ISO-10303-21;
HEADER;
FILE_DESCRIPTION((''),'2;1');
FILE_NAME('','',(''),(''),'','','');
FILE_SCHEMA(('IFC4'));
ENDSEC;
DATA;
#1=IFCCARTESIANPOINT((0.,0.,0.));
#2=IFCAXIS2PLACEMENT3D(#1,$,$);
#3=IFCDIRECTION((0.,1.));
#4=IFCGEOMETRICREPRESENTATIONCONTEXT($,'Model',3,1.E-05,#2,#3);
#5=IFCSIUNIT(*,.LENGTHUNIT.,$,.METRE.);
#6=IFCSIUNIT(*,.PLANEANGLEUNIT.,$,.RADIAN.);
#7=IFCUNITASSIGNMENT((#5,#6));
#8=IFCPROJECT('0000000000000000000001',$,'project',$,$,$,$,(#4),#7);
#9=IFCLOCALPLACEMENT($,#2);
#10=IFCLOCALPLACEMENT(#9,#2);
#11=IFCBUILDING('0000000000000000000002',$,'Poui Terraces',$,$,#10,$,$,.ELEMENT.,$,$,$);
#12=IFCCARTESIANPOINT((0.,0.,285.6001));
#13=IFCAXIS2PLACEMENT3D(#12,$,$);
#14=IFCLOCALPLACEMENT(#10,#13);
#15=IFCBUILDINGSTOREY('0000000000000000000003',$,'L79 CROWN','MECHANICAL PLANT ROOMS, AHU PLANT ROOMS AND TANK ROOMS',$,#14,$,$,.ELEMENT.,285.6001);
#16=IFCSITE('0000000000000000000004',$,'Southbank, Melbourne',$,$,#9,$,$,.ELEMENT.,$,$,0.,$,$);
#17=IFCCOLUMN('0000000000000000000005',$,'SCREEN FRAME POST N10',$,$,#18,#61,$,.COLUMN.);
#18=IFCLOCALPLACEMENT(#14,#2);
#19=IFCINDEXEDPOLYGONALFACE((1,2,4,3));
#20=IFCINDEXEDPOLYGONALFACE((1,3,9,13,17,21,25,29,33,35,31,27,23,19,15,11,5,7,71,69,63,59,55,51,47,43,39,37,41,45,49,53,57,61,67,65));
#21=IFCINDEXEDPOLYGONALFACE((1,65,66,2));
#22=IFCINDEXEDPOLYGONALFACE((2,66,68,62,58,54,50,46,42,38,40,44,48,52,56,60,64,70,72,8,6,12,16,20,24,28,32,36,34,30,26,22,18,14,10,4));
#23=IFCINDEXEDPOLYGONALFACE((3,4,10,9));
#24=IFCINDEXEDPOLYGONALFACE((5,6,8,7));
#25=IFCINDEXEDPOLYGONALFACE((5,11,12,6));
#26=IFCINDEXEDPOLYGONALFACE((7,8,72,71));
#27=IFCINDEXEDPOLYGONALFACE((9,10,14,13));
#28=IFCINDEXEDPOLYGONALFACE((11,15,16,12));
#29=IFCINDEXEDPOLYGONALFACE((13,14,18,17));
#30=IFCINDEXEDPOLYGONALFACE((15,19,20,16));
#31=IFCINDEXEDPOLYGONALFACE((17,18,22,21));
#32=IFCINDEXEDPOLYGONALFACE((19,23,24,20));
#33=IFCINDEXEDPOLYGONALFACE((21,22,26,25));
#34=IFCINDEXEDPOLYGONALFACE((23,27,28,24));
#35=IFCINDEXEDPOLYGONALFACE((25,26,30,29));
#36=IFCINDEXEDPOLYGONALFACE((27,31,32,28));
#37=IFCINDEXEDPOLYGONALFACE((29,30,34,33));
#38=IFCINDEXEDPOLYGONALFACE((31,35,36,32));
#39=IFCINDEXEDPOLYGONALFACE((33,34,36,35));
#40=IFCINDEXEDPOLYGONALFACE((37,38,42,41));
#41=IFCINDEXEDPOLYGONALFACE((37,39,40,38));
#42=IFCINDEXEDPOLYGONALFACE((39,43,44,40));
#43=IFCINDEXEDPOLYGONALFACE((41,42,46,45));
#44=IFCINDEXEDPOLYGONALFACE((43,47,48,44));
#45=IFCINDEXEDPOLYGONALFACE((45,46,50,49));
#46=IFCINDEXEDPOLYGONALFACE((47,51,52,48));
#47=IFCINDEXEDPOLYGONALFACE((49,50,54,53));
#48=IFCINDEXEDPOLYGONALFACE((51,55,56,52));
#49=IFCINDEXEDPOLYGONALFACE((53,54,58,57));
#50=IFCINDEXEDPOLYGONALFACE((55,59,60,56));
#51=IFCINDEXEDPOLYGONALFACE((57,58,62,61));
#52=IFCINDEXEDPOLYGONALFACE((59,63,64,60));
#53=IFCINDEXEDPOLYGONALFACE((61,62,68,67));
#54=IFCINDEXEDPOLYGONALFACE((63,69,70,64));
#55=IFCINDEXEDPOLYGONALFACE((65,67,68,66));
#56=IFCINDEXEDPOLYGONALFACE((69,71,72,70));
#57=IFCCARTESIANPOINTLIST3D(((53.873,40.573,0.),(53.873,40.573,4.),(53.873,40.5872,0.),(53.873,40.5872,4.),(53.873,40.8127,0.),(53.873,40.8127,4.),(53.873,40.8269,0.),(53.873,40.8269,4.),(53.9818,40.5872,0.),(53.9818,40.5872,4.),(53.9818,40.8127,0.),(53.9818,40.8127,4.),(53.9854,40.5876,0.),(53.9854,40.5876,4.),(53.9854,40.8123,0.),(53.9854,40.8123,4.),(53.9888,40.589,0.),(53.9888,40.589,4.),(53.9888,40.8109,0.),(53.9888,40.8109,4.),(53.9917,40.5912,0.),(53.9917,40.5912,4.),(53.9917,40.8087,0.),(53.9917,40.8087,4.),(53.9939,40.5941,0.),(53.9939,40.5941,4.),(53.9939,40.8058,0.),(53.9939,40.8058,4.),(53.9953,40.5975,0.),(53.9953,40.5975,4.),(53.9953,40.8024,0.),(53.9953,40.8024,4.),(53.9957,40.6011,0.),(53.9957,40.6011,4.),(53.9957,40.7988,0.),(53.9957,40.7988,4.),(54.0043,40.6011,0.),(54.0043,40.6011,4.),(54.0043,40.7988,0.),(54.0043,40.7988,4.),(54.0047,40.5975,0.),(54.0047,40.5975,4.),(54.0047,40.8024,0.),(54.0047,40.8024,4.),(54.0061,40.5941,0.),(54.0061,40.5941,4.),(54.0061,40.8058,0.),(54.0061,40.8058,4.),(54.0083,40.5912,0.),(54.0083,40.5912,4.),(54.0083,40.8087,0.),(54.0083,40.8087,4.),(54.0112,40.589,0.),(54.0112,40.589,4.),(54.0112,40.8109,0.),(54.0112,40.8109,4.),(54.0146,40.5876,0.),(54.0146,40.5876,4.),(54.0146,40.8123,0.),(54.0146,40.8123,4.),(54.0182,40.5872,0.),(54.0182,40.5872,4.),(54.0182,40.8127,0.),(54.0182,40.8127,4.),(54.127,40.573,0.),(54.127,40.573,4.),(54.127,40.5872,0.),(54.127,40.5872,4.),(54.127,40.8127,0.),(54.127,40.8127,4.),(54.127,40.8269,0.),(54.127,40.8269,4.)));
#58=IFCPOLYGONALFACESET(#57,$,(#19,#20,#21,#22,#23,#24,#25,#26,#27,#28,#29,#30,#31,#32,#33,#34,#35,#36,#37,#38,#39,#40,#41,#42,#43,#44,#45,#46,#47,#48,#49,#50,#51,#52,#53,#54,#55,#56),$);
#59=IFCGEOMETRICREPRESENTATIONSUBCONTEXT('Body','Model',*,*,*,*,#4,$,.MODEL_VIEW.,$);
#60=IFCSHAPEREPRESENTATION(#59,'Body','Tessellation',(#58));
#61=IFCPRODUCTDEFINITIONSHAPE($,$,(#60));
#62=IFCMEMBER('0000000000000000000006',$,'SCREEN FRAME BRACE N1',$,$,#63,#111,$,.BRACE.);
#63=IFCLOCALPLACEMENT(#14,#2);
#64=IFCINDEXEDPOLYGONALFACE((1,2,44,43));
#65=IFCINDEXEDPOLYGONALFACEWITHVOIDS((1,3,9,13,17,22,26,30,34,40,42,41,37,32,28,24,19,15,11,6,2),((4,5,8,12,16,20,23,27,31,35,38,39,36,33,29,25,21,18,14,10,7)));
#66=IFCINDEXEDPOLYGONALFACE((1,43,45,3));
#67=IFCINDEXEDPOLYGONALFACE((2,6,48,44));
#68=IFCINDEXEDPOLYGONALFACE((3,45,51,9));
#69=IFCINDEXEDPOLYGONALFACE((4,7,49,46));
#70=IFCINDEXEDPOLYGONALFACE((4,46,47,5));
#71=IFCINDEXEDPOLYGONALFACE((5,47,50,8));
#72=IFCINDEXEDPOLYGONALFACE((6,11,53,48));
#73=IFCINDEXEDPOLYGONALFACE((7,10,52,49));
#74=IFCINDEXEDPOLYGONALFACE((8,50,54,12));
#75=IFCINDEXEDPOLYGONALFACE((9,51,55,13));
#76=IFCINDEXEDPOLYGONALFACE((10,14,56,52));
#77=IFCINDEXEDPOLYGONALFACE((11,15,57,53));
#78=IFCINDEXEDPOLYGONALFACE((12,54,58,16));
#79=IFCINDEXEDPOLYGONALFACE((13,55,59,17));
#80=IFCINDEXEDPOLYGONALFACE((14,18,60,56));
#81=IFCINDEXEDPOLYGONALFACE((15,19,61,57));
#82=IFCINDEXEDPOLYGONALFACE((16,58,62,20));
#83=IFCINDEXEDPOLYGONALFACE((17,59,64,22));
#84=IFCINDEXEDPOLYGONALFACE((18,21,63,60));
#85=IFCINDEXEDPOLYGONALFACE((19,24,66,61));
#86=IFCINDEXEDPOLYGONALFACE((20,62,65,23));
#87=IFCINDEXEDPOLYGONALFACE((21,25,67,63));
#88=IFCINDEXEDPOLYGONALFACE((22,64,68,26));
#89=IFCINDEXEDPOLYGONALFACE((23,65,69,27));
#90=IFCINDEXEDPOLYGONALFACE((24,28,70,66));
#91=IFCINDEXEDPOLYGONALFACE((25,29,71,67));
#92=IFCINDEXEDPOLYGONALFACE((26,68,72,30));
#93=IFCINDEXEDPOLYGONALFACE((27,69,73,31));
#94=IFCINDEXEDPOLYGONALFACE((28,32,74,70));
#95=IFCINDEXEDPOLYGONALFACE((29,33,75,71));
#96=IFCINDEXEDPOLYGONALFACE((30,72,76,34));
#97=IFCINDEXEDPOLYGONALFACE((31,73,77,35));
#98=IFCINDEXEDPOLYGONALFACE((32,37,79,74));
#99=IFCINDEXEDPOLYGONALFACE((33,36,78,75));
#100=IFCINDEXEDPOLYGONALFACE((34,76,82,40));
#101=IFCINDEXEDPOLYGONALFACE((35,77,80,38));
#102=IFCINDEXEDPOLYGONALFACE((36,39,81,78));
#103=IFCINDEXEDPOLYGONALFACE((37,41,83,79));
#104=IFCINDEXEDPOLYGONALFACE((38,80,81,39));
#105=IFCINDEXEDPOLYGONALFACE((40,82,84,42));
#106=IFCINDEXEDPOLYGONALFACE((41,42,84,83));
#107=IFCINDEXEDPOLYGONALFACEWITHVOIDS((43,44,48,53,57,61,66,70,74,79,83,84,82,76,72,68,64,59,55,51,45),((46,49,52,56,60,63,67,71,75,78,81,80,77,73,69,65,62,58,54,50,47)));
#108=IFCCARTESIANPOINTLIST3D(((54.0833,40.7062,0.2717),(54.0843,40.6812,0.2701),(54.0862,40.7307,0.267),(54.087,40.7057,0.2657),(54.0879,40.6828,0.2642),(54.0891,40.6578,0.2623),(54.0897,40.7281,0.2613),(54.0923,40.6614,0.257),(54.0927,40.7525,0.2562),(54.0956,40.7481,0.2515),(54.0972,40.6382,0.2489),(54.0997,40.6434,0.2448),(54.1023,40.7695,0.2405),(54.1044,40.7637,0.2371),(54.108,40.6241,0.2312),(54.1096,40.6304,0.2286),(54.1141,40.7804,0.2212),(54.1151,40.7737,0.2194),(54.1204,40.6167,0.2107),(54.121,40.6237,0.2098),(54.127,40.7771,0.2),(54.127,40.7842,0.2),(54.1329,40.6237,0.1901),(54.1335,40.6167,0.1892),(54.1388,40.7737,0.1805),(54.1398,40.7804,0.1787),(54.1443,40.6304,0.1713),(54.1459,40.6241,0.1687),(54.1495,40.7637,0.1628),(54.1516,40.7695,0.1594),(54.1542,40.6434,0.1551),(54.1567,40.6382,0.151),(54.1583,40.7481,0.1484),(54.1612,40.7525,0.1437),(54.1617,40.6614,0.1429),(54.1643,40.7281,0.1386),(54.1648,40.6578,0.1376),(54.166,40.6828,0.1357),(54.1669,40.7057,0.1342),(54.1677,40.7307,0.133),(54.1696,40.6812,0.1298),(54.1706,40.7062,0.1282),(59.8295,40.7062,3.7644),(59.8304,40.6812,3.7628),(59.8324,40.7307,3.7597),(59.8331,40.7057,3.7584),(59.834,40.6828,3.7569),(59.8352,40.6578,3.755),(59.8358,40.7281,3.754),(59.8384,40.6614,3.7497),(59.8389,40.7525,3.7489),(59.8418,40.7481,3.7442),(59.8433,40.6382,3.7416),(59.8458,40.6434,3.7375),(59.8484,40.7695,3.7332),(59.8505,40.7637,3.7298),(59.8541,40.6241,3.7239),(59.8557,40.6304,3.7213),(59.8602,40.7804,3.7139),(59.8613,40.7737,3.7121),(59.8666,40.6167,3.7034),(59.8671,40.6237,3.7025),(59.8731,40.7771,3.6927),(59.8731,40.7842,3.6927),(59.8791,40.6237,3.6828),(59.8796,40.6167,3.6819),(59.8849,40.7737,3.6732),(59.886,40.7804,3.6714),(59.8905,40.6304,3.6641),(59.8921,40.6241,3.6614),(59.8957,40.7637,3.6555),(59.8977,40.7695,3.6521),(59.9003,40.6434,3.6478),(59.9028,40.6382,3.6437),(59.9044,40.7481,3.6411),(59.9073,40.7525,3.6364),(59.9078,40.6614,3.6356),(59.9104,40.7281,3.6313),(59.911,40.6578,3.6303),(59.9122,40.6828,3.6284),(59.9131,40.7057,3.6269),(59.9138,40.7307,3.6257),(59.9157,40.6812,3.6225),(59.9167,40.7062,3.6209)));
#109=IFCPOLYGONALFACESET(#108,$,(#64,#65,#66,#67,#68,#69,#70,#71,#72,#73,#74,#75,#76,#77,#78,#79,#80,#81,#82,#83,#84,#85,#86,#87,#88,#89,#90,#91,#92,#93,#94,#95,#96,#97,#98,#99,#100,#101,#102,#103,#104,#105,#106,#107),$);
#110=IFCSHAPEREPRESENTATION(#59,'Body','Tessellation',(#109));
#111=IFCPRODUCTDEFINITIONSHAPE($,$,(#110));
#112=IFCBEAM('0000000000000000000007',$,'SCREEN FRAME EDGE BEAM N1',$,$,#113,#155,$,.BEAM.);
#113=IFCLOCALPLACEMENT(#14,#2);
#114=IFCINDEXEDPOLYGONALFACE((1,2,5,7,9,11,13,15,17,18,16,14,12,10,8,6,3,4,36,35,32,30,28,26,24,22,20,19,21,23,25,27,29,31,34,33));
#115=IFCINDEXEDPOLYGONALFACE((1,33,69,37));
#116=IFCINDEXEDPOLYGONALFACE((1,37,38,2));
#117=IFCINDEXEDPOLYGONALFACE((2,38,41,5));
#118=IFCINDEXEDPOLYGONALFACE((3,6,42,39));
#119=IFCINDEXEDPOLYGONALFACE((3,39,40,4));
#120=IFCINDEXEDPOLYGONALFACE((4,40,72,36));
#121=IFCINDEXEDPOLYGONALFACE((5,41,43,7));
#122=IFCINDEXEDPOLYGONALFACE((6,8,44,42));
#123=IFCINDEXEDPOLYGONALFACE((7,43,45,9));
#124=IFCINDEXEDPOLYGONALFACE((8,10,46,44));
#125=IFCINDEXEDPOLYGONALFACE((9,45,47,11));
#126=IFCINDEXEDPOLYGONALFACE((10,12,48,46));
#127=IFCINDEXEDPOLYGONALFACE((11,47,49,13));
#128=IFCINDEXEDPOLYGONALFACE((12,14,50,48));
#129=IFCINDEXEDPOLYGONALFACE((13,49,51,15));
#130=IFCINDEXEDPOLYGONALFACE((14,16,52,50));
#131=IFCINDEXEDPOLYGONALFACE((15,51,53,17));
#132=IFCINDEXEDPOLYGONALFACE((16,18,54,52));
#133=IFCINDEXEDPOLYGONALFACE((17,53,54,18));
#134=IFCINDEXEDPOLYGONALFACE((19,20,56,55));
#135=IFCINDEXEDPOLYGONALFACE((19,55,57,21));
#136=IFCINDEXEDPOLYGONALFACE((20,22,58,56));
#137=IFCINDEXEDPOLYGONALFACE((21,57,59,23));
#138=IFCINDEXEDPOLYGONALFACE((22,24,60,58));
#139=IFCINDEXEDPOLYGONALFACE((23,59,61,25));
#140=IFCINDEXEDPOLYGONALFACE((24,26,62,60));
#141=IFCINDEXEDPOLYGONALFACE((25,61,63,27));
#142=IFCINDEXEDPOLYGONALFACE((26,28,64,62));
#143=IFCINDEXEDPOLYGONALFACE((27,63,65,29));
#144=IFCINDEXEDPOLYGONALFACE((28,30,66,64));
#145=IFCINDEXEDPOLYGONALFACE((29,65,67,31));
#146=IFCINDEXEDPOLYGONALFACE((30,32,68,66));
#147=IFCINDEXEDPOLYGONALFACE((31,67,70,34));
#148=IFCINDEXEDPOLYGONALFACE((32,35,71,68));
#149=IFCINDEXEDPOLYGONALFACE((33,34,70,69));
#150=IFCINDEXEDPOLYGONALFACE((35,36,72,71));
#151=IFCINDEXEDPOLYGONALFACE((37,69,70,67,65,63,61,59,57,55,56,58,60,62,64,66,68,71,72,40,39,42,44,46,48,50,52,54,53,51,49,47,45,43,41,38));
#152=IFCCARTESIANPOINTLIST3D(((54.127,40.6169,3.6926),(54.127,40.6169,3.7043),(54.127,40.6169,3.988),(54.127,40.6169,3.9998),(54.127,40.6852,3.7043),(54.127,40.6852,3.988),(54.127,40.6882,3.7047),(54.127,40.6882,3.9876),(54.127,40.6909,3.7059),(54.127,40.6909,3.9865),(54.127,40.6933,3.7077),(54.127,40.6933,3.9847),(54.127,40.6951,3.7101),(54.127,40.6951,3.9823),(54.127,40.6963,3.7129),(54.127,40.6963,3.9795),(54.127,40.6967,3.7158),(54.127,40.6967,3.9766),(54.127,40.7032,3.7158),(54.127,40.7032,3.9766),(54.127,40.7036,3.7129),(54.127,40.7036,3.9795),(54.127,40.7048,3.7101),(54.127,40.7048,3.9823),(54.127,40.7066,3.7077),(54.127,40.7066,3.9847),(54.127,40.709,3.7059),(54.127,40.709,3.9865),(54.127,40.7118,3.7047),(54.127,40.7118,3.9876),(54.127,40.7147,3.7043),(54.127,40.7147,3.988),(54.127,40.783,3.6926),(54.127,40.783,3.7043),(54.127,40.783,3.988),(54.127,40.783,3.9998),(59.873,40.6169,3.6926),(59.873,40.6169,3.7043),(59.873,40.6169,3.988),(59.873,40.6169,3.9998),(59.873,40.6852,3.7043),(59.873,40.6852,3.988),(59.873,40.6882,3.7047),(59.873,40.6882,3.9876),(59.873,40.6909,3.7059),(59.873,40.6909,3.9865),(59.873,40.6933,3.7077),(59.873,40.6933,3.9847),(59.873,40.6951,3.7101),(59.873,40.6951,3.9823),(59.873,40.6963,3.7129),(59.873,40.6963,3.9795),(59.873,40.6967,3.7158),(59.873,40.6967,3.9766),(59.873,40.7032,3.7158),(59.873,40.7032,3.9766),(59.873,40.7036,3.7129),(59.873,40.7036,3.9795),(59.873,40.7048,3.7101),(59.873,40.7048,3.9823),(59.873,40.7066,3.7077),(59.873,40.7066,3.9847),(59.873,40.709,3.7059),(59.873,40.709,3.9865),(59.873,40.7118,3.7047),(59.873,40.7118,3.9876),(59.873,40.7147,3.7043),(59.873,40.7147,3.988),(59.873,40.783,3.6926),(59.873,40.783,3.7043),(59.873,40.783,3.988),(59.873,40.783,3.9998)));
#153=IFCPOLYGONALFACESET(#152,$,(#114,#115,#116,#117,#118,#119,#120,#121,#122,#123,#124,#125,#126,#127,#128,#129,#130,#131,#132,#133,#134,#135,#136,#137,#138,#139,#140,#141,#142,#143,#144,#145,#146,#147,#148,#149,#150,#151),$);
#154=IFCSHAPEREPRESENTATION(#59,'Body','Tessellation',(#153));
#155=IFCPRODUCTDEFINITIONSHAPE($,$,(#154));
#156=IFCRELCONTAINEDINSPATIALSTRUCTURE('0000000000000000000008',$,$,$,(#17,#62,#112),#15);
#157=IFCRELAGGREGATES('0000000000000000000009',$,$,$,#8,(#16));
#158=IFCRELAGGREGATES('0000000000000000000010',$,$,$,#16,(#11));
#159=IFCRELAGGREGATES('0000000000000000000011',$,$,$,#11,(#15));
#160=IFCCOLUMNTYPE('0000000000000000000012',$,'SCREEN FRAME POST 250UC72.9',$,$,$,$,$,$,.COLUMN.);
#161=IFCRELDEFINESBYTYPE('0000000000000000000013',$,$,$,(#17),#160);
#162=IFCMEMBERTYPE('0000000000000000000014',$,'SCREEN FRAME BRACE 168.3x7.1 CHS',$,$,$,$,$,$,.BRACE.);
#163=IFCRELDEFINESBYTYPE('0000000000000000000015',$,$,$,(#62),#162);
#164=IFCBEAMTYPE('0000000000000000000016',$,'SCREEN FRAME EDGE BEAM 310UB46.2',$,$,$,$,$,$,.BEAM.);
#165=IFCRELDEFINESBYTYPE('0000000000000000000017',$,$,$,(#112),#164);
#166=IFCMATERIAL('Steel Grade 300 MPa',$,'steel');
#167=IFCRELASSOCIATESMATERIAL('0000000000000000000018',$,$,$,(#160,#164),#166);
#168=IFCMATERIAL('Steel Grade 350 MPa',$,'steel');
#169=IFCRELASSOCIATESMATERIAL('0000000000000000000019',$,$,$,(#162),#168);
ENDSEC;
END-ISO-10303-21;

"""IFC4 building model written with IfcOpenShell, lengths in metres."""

from ifc_helpers import new_model, si_unit, direction, frame, origin, origin_2d, place, context, subcontext, project, spatial, hollow_circle, i_section, extrude, source, transform, mapped, material, material_profile, profile_set, type_object, element, save


model = new_model("IFC4")

# Units and contexts
model_context = context("Model", 3, precision=1e-05, world=origin(), true_north=direction((0.0, 1.0)))
body_context = subcontext(model_context, "Body", "Model", "MODEL_VIEW")
ifc_project = project(units=[si_unit("LENGTHUNIT", "METRE"), si_unit("PLANEANGLEUNIT", "RADIAN")], contexts=[model_context])

# Site, building, storey
site_placement = place(None, origin())
site = spatial("IfcSite", under=ifc_project, at=site_placement, Name="Southbank, Melbourne", CompositionType="ELEMENT", RefElevation=0.0)
building_placement = place(site_placement, origin())
building = spatial("IfcBuilding", under=site, at=building_placement, Name="Poui Terraces", CompositionType="ELEMENT")
storey_placement = place(building_placement, frame((0.0, 0.0, 285.6001)))
storey = spatial("IfcBuildingStorey", under=building, at=storey_placement, Name="L79 CROWN", Description="MECHANICAL PLANT ROOMS, AHU PLANT ROOMS AND TANK ROOMS", CompositionType="ELEMENT", Elevation=285.6001)

# Column
ifc_material_1 = material(Name="Steel Grade 300 MPa", Category="steel")
ifc_material_profile_1 = material_profile(ifc_material_1, i_section(OverallWidth=0.2539, OverallDepth=0.2539, WebThickness=0.0085, FlangeThickness=0.0142, FilletRadius=0.0139, at=origin_2d()), Name="250UC72.9")
ifc_profile_set_1 = profile_set([ifc_material_profile_1], Name="Steel Grade 300 MPa")
column_type = type_object("IfcColumnType", Name="SCREEN FRAME POST 250UC72.9", PredefinedType="COLUMN", material=ifc_profile_set_1)
shared_shape_1 = source(origin(), body_context, "Body", "SweptSolid", [
    extrude(i_section(OverallWidth=0.2539, OverallDepth=0.2539, WebThickness=0.0085, FlangeThickness=0.0142, FilletRadius=0.0139, at=origin_2d()), origin(), (0.0, 0.0, 1.0), 4.0),
])
column_placement = place(storey_placement, frame((54.0, 40.7, 0.0), z_axis=(0.0, 0.0, 1.0), x_axis=(1.0, 0.0, 0.0)))
element("IfcColumn", 1, at=column_placement, inside=storey, type_object=column_type, Name="SCREEN FRAME POST N10", PredefinedType="COLUMN", context=body_context, shape_type="MappedRepresentation", body=[
    mapped(shared_shape_1, transform((0.0, 0.0, 0.0))),
])

# Member
ifc_material_2 = material(Name="Steel Grade 350 MPa", Category="steel")
ifc_material_profile_2 = material_profile(ifc_material_2, hollow_circle(Radius=0.0842, WallThickness=0.0071, at=origin_2d()), Name="168.3x7.1 CHS")
ifc_profile_set_2 = profile_set([ifc_material_profile_2], Name="Steel Grade 350 MPa")
member_type = type_object("IfcMemberType", Name="SCREEN FRAME BRACE 168.3x7.1 CHS", PredefinedType="BRACE", material=ifc_profile_set_2)
member_placement = place(storey_placement, frame((54.127, 40.7, 0.2), z_axis=(0.854525, 0.0, 0.51941), x_axis=(0.0, 1.0, 0.0)))
element("IfcMember", 2, at=member_placement, inside=storey, type_object=member_type, Name="SCREEN FRAME BRACE N1", PredefinedType="BRACE", context=body_context, shape_type="SweptSolid", body=[
    extrude(hollow_circle(Radius=0.0842, WallThickness=0.0071, at=origin_2d()), origin(), (0.0, 0.0, 1.0), 6.7244),
])

# Beam
ifc_material_profile_3 = material_profile(ifc_material_1, i_section(OverallWidth=0.166, OverallDepth=0.3071, WebThickness=0.0066, FlangeThickness=0.0117, FilletRadius=0.0115, at=origin_2d()), Name="310UB46.2")
ifc_profile_set_3 = profile_set([ifc_material_profile_3], Name="Steel Grade 300 MPa")
beam_type = type_object("IfcBeamType", Name="SCREEN FRAME EDGE BEAM 310UB46.2", PredefinedType="BEAM", material=ifc_profile_set_3)
shared_shape_2 = source(origin(), body_context, "Body", "SweptSolid", [
    extrude(i_section(OverallWidth=0.166, OverallDepth=0.3071, WebThickness=0.0066, FlangeThickness=0.0117, FilletRadius=0.0115, at=origin_2d()), origin(), (0.0, 0.0, 1.0), 5.7461),
])
beam_placement = place(storey_placement, frame((54.127, 40.7, 3.8462), z_axis=(1.0, 0.0, 0.0), x_axis=(0.0, 1.0, 0.0)))
element("IfcBeam", 3, at=beam_placement, inside=storey, type_object=beam_type, Name="SCREEN FRAME EDGE BEAM N1", PredefinedType="BEAM", context=body_context, shape_type="MappedRepresentation", body=[
    mapped(shared_shape_2, transform((0.0, 0.0, 0.0))),
])

save(model, "model.ifc")
